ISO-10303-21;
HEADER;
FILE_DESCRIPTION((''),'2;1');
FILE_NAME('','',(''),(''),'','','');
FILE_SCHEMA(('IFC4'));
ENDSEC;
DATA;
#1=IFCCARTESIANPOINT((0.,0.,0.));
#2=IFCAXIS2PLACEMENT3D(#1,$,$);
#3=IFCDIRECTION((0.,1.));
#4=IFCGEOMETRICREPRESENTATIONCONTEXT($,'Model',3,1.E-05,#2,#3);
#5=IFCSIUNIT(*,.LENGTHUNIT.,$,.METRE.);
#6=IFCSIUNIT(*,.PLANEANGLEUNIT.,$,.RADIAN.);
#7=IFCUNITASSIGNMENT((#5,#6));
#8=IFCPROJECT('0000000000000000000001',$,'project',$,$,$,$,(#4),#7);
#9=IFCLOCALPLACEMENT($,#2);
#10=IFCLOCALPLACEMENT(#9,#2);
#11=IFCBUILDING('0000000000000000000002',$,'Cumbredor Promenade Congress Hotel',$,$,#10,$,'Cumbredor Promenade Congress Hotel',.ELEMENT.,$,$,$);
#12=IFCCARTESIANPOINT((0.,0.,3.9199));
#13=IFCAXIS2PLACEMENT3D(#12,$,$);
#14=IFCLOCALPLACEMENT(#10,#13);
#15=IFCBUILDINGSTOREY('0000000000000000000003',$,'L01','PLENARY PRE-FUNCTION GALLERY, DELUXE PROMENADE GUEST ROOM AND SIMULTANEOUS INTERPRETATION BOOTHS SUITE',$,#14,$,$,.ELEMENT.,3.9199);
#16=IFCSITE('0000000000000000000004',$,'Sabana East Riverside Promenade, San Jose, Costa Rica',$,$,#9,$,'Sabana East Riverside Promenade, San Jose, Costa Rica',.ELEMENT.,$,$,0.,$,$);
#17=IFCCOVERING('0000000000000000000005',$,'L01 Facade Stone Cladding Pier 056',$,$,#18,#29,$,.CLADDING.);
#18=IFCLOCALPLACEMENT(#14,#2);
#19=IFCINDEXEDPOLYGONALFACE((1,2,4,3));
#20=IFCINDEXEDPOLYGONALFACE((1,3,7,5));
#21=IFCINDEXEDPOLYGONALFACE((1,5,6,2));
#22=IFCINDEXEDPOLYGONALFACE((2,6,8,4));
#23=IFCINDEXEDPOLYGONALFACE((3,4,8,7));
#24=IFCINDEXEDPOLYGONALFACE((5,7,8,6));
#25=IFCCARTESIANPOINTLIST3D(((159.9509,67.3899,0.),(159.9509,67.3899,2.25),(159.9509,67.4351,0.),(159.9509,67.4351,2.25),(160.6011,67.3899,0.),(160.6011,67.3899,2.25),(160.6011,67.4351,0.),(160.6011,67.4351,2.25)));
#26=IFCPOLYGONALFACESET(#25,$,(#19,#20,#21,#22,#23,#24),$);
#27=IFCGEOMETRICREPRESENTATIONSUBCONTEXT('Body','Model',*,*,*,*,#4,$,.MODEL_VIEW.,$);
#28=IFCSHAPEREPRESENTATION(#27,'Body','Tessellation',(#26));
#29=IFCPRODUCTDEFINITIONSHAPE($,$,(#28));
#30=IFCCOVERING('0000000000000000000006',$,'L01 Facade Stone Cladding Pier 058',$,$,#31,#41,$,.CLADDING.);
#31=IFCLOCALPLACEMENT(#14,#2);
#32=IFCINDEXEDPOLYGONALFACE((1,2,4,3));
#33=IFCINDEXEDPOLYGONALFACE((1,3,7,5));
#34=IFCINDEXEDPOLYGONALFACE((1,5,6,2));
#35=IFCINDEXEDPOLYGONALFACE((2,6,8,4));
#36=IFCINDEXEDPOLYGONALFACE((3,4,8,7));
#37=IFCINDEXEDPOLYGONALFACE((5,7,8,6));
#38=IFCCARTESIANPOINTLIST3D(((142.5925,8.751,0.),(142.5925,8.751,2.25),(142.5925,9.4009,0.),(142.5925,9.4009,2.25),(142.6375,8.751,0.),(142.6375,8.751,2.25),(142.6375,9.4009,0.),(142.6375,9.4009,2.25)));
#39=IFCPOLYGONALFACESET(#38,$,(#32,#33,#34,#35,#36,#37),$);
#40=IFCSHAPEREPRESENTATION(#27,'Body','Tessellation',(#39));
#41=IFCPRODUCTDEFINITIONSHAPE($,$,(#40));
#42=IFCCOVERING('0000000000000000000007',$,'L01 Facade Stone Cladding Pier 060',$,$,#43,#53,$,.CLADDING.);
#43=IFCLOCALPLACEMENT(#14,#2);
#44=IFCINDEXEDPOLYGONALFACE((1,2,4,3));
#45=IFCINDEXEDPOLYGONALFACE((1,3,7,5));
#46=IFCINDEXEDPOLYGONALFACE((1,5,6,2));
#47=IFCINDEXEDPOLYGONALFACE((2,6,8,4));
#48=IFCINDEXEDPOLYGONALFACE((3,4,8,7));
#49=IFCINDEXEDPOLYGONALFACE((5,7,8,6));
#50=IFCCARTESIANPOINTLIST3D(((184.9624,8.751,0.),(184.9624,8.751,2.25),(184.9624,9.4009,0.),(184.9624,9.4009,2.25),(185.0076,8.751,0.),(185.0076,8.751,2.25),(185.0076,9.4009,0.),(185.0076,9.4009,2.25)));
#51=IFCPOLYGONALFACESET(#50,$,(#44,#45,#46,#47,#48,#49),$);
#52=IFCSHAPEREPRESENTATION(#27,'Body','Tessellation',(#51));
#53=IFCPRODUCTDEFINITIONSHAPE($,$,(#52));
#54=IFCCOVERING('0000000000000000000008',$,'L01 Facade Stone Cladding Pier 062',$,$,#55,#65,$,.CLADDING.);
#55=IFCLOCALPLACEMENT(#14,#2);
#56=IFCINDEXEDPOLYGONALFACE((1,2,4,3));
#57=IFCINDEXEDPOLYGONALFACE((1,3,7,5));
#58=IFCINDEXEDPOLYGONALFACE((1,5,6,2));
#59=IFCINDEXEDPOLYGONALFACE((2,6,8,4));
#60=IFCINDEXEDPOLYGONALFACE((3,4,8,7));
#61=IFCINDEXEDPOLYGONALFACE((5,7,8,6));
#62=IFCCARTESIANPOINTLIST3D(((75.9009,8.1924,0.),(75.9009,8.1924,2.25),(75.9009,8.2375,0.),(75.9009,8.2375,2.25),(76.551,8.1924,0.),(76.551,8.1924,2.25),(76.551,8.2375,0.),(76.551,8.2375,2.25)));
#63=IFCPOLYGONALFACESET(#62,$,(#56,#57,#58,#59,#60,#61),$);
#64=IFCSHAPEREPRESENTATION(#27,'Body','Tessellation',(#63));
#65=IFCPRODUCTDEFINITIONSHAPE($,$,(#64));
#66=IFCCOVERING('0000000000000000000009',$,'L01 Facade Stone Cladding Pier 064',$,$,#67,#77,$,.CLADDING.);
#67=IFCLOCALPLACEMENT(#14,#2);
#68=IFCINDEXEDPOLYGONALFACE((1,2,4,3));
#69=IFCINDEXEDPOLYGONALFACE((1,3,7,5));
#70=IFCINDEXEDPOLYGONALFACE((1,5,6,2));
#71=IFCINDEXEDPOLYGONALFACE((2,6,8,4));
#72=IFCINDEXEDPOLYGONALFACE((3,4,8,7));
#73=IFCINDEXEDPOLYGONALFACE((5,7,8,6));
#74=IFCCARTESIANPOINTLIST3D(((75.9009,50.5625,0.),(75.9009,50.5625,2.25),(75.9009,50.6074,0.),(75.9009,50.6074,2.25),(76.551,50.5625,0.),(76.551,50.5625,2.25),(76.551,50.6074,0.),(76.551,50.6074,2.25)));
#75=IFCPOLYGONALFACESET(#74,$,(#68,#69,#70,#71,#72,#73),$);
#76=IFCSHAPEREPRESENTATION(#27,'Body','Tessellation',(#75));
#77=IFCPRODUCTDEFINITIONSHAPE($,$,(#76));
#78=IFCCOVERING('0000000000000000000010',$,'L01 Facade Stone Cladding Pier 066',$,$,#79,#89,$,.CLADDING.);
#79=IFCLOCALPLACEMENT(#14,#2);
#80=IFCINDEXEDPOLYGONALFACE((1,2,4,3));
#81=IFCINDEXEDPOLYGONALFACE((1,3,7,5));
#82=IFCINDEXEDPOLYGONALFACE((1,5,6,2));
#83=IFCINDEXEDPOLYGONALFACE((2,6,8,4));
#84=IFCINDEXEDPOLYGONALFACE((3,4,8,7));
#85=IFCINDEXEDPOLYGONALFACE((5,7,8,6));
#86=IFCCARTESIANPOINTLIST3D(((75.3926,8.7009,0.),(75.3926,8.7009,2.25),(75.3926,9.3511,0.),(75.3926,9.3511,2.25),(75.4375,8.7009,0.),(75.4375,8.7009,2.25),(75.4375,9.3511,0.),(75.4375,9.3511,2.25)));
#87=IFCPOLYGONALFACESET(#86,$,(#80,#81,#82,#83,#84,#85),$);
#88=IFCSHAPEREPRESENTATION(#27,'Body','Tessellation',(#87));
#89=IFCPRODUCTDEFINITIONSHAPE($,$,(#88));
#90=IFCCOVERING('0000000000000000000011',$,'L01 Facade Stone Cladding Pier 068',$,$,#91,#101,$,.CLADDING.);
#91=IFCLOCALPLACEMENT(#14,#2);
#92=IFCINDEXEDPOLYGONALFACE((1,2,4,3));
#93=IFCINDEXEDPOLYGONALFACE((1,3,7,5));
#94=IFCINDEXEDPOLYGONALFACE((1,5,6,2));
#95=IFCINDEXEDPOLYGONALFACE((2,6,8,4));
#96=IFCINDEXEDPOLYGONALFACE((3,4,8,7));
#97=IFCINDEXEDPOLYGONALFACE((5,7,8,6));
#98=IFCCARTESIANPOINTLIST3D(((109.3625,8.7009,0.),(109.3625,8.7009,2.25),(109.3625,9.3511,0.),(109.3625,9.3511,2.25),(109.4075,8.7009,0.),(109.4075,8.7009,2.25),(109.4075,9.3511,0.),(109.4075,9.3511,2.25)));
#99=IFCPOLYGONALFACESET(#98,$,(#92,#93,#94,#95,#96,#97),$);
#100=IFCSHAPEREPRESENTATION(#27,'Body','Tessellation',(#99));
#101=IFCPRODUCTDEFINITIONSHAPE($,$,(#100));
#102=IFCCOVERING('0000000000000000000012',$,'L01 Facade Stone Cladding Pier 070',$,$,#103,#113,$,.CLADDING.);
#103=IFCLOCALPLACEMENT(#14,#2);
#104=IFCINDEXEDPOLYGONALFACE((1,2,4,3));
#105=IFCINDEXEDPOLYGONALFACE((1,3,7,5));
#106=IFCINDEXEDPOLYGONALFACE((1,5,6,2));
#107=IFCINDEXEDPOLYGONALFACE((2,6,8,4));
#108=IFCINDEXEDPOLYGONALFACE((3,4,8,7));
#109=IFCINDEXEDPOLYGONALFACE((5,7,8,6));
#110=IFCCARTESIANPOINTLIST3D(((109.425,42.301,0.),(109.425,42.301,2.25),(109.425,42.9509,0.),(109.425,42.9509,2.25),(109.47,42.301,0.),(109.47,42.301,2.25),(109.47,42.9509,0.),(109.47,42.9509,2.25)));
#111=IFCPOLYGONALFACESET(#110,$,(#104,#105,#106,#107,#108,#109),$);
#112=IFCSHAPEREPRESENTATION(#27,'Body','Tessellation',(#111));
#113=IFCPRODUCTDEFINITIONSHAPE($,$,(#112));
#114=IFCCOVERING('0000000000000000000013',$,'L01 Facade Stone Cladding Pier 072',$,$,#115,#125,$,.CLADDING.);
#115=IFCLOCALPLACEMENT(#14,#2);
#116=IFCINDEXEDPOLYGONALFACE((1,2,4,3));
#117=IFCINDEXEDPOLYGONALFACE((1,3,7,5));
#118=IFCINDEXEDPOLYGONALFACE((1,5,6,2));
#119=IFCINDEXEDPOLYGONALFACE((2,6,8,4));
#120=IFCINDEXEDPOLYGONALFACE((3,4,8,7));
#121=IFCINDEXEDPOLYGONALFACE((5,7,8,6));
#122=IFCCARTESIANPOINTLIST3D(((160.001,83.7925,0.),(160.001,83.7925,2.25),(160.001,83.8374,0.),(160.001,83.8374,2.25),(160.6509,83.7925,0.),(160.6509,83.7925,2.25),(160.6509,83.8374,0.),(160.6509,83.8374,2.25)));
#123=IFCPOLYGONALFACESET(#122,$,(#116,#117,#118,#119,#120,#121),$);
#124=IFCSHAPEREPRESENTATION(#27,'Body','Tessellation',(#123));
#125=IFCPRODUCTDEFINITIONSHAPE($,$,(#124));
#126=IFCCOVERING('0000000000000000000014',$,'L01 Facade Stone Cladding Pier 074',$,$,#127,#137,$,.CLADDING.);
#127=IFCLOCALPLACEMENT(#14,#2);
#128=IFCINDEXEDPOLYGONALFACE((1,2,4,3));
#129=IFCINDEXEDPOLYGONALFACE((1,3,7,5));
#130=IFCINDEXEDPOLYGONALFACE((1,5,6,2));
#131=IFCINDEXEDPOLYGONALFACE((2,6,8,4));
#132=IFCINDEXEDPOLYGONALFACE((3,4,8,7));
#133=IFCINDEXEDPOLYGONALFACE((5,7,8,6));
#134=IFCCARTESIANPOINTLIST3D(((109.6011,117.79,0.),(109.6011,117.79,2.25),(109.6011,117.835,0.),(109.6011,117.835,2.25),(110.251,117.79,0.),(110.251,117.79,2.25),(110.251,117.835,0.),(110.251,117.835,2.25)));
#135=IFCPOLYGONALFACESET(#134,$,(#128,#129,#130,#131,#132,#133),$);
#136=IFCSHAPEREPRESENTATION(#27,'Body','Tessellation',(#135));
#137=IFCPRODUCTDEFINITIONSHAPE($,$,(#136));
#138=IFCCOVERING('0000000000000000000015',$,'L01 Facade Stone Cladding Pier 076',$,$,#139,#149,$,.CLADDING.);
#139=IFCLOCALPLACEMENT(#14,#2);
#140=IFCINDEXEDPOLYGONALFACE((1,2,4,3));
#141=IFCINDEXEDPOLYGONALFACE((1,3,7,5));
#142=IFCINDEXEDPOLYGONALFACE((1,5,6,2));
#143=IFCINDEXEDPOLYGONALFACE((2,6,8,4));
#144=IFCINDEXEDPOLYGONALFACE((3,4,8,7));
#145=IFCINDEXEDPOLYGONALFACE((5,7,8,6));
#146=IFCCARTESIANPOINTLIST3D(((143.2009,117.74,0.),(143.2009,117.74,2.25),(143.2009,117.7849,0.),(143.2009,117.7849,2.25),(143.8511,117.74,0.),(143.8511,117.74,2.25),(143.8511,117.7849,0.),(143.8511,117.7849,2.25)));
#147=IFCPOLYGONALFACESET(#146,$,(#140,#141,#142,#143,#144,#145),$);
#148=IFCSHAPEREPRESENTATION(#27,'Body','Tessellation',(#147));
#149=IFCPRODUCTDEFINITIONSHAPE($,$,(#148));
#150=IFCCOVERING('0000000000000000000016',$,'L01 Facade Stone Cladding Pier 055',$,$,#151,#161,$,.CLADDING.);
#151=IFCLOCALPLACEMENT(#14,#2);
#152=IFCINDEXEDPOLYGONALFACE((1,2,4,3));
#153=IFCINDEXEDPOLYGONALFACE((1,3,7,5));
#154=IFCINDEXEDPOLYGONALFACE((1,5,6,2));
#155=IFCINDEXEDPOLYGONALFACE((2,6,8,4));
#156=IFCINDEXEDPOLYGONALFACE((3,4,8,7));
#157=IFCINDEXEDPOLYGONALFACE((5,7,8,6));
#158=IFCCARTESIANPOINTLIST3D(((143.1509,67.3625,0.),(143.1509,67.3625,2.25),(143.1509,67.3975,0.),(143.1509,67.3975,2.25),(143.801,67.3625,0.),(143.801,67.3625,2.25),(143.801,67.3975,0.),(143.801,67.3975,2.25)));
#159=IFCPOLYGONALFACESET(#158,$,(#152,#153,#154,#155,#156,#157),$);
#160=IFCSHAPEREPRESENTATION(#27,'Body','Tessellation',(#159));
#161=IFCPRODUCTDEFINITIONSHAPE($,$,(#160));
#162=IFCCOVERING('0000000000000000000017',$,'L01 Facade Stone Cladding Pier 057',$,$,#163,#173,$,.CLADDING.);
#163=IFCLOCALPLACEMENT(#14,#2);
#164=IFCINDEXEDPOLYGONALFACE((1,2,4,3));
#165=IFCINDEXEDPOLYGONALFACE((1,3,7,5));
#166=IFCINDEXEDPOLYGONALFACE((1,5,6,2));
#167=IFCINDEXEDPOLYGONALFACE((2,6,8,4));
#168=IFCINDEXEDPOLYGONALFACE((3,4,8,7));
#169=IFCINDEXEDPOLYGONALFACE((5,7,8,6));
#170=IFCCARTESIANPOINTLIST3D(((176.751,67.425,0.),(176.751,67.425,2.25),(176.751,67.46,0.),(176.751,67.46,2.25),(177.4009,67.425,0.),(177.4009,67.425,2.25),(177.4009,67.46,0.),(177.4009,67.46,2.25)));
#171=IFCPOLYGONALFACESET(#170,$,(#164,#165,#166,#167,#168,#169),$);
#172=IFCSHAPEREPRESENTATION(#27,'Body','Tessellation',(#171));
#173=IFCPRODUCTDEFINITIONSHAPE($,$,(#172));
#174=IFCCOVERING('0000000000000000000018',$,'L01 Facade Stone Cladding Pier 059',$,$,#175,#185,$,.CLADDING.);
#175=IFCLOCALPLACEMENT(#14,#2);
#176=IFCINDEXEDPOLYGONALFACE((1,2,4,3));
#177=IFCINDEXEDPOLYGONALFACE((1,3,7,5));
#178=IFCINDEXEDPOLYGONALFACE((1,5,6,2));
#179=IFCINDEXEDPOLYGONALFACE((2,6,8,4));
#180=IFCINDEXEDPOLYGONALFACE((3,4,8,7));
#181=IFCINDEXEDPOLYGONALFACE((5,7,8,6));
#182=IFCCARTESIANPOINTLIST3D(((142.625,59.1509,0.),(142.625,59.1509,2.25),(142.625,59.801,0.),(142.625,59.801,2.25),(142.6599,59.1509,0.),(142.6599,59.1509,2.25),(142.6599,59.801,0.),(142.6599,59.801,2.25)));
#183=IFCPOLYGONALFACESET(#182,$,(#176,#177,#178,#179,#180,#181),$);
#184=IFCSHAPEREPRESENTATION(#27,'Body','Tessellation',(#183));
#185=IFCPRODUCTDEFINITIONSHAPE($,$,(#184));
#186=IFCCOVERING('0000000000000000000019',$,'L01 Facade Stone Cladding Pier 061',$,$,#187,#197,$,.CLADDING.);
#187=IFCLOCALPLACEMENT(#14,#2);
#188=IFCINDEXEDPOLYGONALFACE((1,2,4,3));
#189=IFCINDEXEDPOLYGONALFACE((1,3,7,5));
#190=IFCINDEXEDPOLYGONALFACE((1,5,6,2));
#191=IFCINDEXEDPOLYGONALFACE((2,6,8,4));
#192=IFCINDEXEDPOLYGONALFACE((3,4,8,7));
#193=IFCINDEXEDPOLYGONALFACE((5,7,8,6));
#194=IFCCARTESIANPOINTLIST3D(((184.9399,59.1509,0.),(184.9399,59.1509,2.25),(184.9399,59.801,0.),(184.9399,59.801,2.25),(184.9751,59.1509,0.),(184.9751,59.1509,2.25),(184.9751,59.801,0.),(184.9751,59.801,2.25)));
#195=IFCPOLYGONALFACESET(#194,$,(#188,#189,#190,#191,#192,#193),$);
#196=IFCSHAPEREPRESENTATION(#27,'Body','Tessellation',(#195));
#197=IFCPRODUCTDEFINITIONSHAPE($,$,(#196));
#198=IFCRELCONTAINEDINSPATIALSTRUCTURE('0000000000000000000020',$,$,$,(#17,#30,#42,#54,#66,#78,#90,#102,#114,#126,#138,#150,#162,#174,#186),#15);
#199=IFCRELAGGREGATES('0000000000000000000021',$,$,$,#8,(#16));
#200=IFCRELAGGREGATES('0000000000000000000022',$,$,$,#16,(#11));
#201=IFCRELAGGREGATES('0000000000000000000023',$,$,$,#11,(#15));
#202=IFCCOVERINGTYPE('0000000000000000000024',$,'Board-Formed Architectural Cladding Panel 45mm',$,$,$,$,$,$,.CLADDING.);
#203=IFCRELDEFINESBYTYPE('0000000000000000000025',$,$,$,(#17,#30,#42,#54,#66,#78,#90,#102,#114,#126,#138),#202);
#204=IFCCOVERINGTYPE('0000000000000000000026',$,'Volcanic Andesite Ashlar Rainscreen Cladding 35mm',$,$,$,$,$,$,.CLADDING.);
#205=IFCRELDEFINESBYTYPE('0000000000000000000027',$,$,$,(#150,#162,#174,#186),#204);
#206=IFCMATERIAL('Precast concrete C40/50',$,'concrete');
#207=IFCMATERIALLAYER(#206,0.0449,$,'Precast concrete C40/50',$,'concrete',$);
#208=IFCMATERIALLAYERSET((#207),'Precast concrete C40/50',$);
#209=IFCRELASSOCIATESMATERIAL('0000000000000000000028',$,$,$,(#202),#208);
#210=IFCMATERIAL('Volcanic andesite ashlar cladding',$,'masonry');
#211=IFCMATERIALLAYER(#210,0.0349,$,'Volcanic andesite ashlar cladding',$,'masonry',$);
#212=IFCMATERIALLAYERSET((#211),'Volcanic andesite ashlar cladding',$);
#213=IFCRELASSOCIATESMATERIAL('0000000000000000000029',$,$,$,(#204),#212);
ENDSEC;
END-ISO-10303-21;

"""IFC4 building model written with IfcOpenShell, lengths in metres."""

from ifc_helpers import new_model, si_unit, direction, frame, origin, place, context, subcontext, project, spatial, polyline, outline, extrude, material, layer, layer_set, type_object, element, save


model = new_model("IFC4")

# Units and contexts
model_context = context("Model", 3, precision=1e-05, world=origin(), true_north=direction((0.0, 1.0)))
body_context = subcontext(model_context, "Body", "Model", "MODEL_VIEW")
ifc_project = project(units=[si_unit("LENGTHUNIT", "METRE"), si_unit("PLANEANGLEUNIT", "RADIAN")], contexts=[model_context])

# Site, building, storey
site_placement = place(None, origin())
site = spatial("IfcSite", under=ifc_project, at=site_placement, Name="Sabana East Riverside Promenade, San Jose, Costa Rica", LongName="Sabana East Riverside Promenade, San Jose, Costa Rica", CompositionType="ELEMENT", RefElevation=0.0)
building_placement = place(site_placement, origin())
building = spatial("IfcBuilding", under=site, at=building_placement, Name="Cumbredor Promenade Congress Hotel", LongName="Cumbredor Promenade Congress Hotel", CompositionType="ELEMENT")
storey_placement = place(building_placement, frame((0.0, 0.0, 3.9199)))
storey = spatial("IfcBuildingStorey", under=building, at=storey_placement, Name="L01", Description="PLENARY PRE-FUNCTION GALLERY, DELUXE PROMENADE GUEST ROOM AND SIMULTANEOUS INTERPRETATION BOOTHS SUITE", CompositionType="ELEMENT", Elevation=3.9199)

# Coverings
ifc_material_1 = material(Name="Precast concrete C40/50", Category="concrete")
ifc_layer_1 = layer(ifc_material_1, 0.0449, Name="Precast concrete C40/50", Category="concrete")
ifc_layer_set_1 = layer_set([ifc_layer_1], Name="Precast concrete C40/50")
covering_type_1 = type_object("IfcCoveringType", Name="Board-Formed Architectural Cladding Panel 45mm", PredefinedType="CLADDING", material=ifc_layer_set_1)
covering_1_placement = place(storey_placement, origin())
element("IfcCovering", 1, at=covering_1_placement, inside=storey, type_object=covering_type_1, Name="L01 Facade Stone Cladding Pier 056", PredefinedType="CLADDING", context=body_context, shape_type="SweptSolid", body=[
    extrude(outline(polyline([(159.9509, 67.3899), (160.6011, 67.3899), (160.6011, 67.4351), (159.9509, 67.4351), (159.9509, 67.3899)])), origin(), (0.0, 0.0, 1.0), 2.25),
])
covering_2_placement = place(storey_placement, origin())
element("IfcCovering", 2, at=covering_2_placement, inside=storey, type_object=covering_type_1, Name="L01 Facade Stone Cladding Pier 058", PredefinedType="CLADDING", context=body_context, shape_type="SweptSolid", body=[
    extrude(outline(polyline([(142.6375, 8.751), (142.6375, 9.4009), (142.5925, 9.4009), (142.5925, 8.751), (142.6375, 8.751)])), origin(), (0.0, 0.0, 1.0), 2.25),
])
covering_3_placement = place(storey_placement, origin())
element("IfcCovering", 3, at=covering_3_placement, inside=storey, type_object=covering_type_1, Name="L01 Facade Stone Cladding Pier 060", PredefinedType="CLADDING", context=body_context, shape_type="SweptSolid", body=[
    extrude(outline(polyline([(184.9624, 8.751), (184.9624, 9.4009), (185.0076, 9.4009), (185.0076, 8.751), (184.9624, 8.751)])), origin(), (0.0, 0.0, 1.0), 2.25),
])
covering_4_placement = place(storey_placement, origin())
element("IfcCovering", 4, at=covering_4_placement, inside=storey, type_object=covering_type_1, Name="L01 Facade Stone Cladding Pier 062", PredefinedType="CLADDING", context=body_context, shape_type="SweptSolid", body=[
    extrude(outline(polyline([(75.9009, 8.2375), (76.551, 8.2375), (76.551, 8.1924), (75.9009, 8.1924), (75.9009, 8.2375)])), origin(), (0.0, 0.0, 1.0), 2.25),
])
covering_5_placement = place(storey_placement, origin())
element("IfcCovering", 5, at=covering_5_placement, inside=storey, type_object=covering_type_1, Name="L01 Facade Stone Cladding Pier 064", PredefinedType="CLADDING", context=body_context, shape_type="SweptSolid", body=[
    extrude(outline(polyline([(75.9009, 50.5625), (76.551, 50.5625), (76.551, 50.6074), (75.9009, 50.6074), (75.9009, 50.5625)])), origin(), (0.0, 0.0, 1.0), 2.25),
])
covering_6_placement = place(storey_placement, origin())
element("IfcCovering", 6, at=covering_6_placement, inside=storey, type_object=covering_type_1, Name="L01 Facade Stone Cladding Pier 066", PredefinedType="CLADDING", context=body_context, shape_type="SweptSolid", body=[
    extrude(outline(polyline([(75.4375, 8.7009), (75.4375, 9.3511), (75.3926, 9.3511), (75.3926, 8.7009), (75.4375, 8.7009)])), origin(), (0.0, 0.0, 1.0), 2.25),
])
covering_7_placement = place(storey_placement, origin())
element("IfcCovering", 7, at=covering_7_placement, inside=storey, type_object=covering_type_1, Name="L01 Facade Stone Cladding Pier 068", PredefinedType="CLADDING", context=body_context, shape_type="SweptSolid", body=[
    extrude(outline(polyline([(109.3625, 8.7009), (109.3625, 9.3511), (109.4075, 9.3511), (109.4075, 8.7009), (109.3625, 8.7009)])), origin(), (0.0, 0.0, 1.0), 2.25),
])
covering_8_placement = place(storey_placement, origin())
element("IfcCovering", 8, at=covering_8_placement, inside=storey, type_object=covering_type_1, Name="L01 Facade Stone Cladding Pier 070", PredefinedType="CLADDING", context=body_context, shape_type="SweptSolid", body=[
    extrude(outline(polyline([(109.425, 42.301), (109.425, 42.9509), (109.47, 42.9509), (109.47, 42.301), (109.425, 42.301)])), origin(), (0.0, 0.0, 1.0), 2.25),
])
covering_9_placement = place(storey_placement, origin())
element("IfcCovering", 9, at=covering_9_placement, inside=storey, type_object=covering_type_1, Name="L01 Facade Stone Cladding Pier 072", PredefinedType="CLADDING", context=body_context, shape_type="SweptSolid", body=[
    extrude(outline(polyline([(160.001, 83.8374), (160.6509, 83.8374), (160.6509, 83.7925), (160.001, 83.7925), (160.001, 83.8374)])), origin(), (0.0, 0.0, 1.0), 2.25),
])
covering_10_placement = place(storey_placement, origin())
element("IfcCovering", 10, at=covering_10_placement, inside=storey, type_object=covering_type_1, Name="L01 Facade Stone Cladding Pier 074", PredefinedType="CLADDING", context=body_context, shape_type="SweptSolid", body=[
    extrude(outline(polyline([(109.6011, 117.79), (110.251, 117.79), (110.251, 117.835), (109.6011, 117.835), (109.6011, 117.79)])), origin(), (0.0, 0.0, 1.0), 2.25),
])
covering_11_placement = place(storey_placement, origin())
element("IfcCovering", 11, at=covering_11_placement, inside=storey, type_object=covering_type_1, Name="L01 Facade Stone Cladding Pier 076", PredefinedType="CLADDING", context=body_context, shape_type="SweptSolid", body=[
    extrude(outline(polyline([(143.2009, 117.74), (143.8511, 117.74), (143.8511, 117.7849), (143.2009, 117.7849), (143.2009, 117.74)])), origin(), (0.0, 0.0, 1.0), 2.25),
])
ifc_material_2 = material(Name="Volcanic andesite ashlar cladding", Category="masonry")
ifc_layer_2 = layer(ifc_material_2, 0.0349, Name="Volcanic andesite ashlar cladding", Category="masonry")
ifc_layer_set_2 = layer_set([ifc_layer_2], Name="Volcanic andesite ashlar cladding")
covering_type_2 = type_object("IfcCoveringType", Name="Volcanic Andesite Ashlar Rainscreen Cladding 35mm", PredefinedType="CLADDING", material=ifc_layer_set_2)
covering_12_placement = place(storey_placement, origin())
element("IfcCovering", 12, at=covering_12_placement, inside=storey, type_object=covering_type_2, Name="L01 Facade Stone Cladding Pier 055", PredefinedType="CLADDING", context=body_context, shape_type="SweptSolid", body=[
    extrude(outline(polyline([(143.1509, 67.3625), (143.801, 67.3625), (143.801, 67.3975), (143.1509, 67.3975), (143.1509, 67.3625)])), origin(), (0.0, 0.0, 1.0), 2.25),
])
covering_13_placement = place(storey_placement, origin())
element("IfcCovering", 13, at=covering_13_placement, inside=storey, type_object=covering_type_2, Name="L01 Facade Stone Cladding Pier 057", PredefinedType="CLADDING", context=body_context, shape_type="SweptSolid", body=[
    extrude(outline(polyline([(176.751, 67.425), (177.4009, 67.425), (177.4009, 67.46), (176.751, 67.46), (176.751, 67.425)])), origin(), (0.0, 0.0, 1.0), 2.25),
])
covering_14_placement = place(storey_placement, origin())
element("IfcCovering", 14, at=covering_14_placement, inside=storey, type_object=covering_type_2, Name="L01 Facade Stone Cladding Pier 059", PredefinedType="CLADDING", context=body_context, shape_type="SweptSolid", body=[
    extrude(outline(polyline([(142.6599, 59.1509), (142.6599, 59.801), (142.625, 59.801), (142.625, 59.1509), (142.6599, 59.1509)])), origin(), (0.0, 0.0, 1.0), 2.25),
])
covering_15_placement = place(storey_placement, origin())
element("IfcCovering", 15, at=covering_15_placement, inside=storey, type_object=covering_type_2, Name="L01 Facade Stone Cladding Pier 061", PredefinedType="CLADDING", context=body_context, shape_type="SweptSolid", body=[
    extrude(outline(polyline([(184.9399, 59.1509), (184.9399, 59.801), (184.9751, 59.801), (184.9751, 59.1509), (184.9399, 59.1509)])), origin(), (0.0, 0.0, 1.0), 2.25),
])

save(model, "model.ifc")
